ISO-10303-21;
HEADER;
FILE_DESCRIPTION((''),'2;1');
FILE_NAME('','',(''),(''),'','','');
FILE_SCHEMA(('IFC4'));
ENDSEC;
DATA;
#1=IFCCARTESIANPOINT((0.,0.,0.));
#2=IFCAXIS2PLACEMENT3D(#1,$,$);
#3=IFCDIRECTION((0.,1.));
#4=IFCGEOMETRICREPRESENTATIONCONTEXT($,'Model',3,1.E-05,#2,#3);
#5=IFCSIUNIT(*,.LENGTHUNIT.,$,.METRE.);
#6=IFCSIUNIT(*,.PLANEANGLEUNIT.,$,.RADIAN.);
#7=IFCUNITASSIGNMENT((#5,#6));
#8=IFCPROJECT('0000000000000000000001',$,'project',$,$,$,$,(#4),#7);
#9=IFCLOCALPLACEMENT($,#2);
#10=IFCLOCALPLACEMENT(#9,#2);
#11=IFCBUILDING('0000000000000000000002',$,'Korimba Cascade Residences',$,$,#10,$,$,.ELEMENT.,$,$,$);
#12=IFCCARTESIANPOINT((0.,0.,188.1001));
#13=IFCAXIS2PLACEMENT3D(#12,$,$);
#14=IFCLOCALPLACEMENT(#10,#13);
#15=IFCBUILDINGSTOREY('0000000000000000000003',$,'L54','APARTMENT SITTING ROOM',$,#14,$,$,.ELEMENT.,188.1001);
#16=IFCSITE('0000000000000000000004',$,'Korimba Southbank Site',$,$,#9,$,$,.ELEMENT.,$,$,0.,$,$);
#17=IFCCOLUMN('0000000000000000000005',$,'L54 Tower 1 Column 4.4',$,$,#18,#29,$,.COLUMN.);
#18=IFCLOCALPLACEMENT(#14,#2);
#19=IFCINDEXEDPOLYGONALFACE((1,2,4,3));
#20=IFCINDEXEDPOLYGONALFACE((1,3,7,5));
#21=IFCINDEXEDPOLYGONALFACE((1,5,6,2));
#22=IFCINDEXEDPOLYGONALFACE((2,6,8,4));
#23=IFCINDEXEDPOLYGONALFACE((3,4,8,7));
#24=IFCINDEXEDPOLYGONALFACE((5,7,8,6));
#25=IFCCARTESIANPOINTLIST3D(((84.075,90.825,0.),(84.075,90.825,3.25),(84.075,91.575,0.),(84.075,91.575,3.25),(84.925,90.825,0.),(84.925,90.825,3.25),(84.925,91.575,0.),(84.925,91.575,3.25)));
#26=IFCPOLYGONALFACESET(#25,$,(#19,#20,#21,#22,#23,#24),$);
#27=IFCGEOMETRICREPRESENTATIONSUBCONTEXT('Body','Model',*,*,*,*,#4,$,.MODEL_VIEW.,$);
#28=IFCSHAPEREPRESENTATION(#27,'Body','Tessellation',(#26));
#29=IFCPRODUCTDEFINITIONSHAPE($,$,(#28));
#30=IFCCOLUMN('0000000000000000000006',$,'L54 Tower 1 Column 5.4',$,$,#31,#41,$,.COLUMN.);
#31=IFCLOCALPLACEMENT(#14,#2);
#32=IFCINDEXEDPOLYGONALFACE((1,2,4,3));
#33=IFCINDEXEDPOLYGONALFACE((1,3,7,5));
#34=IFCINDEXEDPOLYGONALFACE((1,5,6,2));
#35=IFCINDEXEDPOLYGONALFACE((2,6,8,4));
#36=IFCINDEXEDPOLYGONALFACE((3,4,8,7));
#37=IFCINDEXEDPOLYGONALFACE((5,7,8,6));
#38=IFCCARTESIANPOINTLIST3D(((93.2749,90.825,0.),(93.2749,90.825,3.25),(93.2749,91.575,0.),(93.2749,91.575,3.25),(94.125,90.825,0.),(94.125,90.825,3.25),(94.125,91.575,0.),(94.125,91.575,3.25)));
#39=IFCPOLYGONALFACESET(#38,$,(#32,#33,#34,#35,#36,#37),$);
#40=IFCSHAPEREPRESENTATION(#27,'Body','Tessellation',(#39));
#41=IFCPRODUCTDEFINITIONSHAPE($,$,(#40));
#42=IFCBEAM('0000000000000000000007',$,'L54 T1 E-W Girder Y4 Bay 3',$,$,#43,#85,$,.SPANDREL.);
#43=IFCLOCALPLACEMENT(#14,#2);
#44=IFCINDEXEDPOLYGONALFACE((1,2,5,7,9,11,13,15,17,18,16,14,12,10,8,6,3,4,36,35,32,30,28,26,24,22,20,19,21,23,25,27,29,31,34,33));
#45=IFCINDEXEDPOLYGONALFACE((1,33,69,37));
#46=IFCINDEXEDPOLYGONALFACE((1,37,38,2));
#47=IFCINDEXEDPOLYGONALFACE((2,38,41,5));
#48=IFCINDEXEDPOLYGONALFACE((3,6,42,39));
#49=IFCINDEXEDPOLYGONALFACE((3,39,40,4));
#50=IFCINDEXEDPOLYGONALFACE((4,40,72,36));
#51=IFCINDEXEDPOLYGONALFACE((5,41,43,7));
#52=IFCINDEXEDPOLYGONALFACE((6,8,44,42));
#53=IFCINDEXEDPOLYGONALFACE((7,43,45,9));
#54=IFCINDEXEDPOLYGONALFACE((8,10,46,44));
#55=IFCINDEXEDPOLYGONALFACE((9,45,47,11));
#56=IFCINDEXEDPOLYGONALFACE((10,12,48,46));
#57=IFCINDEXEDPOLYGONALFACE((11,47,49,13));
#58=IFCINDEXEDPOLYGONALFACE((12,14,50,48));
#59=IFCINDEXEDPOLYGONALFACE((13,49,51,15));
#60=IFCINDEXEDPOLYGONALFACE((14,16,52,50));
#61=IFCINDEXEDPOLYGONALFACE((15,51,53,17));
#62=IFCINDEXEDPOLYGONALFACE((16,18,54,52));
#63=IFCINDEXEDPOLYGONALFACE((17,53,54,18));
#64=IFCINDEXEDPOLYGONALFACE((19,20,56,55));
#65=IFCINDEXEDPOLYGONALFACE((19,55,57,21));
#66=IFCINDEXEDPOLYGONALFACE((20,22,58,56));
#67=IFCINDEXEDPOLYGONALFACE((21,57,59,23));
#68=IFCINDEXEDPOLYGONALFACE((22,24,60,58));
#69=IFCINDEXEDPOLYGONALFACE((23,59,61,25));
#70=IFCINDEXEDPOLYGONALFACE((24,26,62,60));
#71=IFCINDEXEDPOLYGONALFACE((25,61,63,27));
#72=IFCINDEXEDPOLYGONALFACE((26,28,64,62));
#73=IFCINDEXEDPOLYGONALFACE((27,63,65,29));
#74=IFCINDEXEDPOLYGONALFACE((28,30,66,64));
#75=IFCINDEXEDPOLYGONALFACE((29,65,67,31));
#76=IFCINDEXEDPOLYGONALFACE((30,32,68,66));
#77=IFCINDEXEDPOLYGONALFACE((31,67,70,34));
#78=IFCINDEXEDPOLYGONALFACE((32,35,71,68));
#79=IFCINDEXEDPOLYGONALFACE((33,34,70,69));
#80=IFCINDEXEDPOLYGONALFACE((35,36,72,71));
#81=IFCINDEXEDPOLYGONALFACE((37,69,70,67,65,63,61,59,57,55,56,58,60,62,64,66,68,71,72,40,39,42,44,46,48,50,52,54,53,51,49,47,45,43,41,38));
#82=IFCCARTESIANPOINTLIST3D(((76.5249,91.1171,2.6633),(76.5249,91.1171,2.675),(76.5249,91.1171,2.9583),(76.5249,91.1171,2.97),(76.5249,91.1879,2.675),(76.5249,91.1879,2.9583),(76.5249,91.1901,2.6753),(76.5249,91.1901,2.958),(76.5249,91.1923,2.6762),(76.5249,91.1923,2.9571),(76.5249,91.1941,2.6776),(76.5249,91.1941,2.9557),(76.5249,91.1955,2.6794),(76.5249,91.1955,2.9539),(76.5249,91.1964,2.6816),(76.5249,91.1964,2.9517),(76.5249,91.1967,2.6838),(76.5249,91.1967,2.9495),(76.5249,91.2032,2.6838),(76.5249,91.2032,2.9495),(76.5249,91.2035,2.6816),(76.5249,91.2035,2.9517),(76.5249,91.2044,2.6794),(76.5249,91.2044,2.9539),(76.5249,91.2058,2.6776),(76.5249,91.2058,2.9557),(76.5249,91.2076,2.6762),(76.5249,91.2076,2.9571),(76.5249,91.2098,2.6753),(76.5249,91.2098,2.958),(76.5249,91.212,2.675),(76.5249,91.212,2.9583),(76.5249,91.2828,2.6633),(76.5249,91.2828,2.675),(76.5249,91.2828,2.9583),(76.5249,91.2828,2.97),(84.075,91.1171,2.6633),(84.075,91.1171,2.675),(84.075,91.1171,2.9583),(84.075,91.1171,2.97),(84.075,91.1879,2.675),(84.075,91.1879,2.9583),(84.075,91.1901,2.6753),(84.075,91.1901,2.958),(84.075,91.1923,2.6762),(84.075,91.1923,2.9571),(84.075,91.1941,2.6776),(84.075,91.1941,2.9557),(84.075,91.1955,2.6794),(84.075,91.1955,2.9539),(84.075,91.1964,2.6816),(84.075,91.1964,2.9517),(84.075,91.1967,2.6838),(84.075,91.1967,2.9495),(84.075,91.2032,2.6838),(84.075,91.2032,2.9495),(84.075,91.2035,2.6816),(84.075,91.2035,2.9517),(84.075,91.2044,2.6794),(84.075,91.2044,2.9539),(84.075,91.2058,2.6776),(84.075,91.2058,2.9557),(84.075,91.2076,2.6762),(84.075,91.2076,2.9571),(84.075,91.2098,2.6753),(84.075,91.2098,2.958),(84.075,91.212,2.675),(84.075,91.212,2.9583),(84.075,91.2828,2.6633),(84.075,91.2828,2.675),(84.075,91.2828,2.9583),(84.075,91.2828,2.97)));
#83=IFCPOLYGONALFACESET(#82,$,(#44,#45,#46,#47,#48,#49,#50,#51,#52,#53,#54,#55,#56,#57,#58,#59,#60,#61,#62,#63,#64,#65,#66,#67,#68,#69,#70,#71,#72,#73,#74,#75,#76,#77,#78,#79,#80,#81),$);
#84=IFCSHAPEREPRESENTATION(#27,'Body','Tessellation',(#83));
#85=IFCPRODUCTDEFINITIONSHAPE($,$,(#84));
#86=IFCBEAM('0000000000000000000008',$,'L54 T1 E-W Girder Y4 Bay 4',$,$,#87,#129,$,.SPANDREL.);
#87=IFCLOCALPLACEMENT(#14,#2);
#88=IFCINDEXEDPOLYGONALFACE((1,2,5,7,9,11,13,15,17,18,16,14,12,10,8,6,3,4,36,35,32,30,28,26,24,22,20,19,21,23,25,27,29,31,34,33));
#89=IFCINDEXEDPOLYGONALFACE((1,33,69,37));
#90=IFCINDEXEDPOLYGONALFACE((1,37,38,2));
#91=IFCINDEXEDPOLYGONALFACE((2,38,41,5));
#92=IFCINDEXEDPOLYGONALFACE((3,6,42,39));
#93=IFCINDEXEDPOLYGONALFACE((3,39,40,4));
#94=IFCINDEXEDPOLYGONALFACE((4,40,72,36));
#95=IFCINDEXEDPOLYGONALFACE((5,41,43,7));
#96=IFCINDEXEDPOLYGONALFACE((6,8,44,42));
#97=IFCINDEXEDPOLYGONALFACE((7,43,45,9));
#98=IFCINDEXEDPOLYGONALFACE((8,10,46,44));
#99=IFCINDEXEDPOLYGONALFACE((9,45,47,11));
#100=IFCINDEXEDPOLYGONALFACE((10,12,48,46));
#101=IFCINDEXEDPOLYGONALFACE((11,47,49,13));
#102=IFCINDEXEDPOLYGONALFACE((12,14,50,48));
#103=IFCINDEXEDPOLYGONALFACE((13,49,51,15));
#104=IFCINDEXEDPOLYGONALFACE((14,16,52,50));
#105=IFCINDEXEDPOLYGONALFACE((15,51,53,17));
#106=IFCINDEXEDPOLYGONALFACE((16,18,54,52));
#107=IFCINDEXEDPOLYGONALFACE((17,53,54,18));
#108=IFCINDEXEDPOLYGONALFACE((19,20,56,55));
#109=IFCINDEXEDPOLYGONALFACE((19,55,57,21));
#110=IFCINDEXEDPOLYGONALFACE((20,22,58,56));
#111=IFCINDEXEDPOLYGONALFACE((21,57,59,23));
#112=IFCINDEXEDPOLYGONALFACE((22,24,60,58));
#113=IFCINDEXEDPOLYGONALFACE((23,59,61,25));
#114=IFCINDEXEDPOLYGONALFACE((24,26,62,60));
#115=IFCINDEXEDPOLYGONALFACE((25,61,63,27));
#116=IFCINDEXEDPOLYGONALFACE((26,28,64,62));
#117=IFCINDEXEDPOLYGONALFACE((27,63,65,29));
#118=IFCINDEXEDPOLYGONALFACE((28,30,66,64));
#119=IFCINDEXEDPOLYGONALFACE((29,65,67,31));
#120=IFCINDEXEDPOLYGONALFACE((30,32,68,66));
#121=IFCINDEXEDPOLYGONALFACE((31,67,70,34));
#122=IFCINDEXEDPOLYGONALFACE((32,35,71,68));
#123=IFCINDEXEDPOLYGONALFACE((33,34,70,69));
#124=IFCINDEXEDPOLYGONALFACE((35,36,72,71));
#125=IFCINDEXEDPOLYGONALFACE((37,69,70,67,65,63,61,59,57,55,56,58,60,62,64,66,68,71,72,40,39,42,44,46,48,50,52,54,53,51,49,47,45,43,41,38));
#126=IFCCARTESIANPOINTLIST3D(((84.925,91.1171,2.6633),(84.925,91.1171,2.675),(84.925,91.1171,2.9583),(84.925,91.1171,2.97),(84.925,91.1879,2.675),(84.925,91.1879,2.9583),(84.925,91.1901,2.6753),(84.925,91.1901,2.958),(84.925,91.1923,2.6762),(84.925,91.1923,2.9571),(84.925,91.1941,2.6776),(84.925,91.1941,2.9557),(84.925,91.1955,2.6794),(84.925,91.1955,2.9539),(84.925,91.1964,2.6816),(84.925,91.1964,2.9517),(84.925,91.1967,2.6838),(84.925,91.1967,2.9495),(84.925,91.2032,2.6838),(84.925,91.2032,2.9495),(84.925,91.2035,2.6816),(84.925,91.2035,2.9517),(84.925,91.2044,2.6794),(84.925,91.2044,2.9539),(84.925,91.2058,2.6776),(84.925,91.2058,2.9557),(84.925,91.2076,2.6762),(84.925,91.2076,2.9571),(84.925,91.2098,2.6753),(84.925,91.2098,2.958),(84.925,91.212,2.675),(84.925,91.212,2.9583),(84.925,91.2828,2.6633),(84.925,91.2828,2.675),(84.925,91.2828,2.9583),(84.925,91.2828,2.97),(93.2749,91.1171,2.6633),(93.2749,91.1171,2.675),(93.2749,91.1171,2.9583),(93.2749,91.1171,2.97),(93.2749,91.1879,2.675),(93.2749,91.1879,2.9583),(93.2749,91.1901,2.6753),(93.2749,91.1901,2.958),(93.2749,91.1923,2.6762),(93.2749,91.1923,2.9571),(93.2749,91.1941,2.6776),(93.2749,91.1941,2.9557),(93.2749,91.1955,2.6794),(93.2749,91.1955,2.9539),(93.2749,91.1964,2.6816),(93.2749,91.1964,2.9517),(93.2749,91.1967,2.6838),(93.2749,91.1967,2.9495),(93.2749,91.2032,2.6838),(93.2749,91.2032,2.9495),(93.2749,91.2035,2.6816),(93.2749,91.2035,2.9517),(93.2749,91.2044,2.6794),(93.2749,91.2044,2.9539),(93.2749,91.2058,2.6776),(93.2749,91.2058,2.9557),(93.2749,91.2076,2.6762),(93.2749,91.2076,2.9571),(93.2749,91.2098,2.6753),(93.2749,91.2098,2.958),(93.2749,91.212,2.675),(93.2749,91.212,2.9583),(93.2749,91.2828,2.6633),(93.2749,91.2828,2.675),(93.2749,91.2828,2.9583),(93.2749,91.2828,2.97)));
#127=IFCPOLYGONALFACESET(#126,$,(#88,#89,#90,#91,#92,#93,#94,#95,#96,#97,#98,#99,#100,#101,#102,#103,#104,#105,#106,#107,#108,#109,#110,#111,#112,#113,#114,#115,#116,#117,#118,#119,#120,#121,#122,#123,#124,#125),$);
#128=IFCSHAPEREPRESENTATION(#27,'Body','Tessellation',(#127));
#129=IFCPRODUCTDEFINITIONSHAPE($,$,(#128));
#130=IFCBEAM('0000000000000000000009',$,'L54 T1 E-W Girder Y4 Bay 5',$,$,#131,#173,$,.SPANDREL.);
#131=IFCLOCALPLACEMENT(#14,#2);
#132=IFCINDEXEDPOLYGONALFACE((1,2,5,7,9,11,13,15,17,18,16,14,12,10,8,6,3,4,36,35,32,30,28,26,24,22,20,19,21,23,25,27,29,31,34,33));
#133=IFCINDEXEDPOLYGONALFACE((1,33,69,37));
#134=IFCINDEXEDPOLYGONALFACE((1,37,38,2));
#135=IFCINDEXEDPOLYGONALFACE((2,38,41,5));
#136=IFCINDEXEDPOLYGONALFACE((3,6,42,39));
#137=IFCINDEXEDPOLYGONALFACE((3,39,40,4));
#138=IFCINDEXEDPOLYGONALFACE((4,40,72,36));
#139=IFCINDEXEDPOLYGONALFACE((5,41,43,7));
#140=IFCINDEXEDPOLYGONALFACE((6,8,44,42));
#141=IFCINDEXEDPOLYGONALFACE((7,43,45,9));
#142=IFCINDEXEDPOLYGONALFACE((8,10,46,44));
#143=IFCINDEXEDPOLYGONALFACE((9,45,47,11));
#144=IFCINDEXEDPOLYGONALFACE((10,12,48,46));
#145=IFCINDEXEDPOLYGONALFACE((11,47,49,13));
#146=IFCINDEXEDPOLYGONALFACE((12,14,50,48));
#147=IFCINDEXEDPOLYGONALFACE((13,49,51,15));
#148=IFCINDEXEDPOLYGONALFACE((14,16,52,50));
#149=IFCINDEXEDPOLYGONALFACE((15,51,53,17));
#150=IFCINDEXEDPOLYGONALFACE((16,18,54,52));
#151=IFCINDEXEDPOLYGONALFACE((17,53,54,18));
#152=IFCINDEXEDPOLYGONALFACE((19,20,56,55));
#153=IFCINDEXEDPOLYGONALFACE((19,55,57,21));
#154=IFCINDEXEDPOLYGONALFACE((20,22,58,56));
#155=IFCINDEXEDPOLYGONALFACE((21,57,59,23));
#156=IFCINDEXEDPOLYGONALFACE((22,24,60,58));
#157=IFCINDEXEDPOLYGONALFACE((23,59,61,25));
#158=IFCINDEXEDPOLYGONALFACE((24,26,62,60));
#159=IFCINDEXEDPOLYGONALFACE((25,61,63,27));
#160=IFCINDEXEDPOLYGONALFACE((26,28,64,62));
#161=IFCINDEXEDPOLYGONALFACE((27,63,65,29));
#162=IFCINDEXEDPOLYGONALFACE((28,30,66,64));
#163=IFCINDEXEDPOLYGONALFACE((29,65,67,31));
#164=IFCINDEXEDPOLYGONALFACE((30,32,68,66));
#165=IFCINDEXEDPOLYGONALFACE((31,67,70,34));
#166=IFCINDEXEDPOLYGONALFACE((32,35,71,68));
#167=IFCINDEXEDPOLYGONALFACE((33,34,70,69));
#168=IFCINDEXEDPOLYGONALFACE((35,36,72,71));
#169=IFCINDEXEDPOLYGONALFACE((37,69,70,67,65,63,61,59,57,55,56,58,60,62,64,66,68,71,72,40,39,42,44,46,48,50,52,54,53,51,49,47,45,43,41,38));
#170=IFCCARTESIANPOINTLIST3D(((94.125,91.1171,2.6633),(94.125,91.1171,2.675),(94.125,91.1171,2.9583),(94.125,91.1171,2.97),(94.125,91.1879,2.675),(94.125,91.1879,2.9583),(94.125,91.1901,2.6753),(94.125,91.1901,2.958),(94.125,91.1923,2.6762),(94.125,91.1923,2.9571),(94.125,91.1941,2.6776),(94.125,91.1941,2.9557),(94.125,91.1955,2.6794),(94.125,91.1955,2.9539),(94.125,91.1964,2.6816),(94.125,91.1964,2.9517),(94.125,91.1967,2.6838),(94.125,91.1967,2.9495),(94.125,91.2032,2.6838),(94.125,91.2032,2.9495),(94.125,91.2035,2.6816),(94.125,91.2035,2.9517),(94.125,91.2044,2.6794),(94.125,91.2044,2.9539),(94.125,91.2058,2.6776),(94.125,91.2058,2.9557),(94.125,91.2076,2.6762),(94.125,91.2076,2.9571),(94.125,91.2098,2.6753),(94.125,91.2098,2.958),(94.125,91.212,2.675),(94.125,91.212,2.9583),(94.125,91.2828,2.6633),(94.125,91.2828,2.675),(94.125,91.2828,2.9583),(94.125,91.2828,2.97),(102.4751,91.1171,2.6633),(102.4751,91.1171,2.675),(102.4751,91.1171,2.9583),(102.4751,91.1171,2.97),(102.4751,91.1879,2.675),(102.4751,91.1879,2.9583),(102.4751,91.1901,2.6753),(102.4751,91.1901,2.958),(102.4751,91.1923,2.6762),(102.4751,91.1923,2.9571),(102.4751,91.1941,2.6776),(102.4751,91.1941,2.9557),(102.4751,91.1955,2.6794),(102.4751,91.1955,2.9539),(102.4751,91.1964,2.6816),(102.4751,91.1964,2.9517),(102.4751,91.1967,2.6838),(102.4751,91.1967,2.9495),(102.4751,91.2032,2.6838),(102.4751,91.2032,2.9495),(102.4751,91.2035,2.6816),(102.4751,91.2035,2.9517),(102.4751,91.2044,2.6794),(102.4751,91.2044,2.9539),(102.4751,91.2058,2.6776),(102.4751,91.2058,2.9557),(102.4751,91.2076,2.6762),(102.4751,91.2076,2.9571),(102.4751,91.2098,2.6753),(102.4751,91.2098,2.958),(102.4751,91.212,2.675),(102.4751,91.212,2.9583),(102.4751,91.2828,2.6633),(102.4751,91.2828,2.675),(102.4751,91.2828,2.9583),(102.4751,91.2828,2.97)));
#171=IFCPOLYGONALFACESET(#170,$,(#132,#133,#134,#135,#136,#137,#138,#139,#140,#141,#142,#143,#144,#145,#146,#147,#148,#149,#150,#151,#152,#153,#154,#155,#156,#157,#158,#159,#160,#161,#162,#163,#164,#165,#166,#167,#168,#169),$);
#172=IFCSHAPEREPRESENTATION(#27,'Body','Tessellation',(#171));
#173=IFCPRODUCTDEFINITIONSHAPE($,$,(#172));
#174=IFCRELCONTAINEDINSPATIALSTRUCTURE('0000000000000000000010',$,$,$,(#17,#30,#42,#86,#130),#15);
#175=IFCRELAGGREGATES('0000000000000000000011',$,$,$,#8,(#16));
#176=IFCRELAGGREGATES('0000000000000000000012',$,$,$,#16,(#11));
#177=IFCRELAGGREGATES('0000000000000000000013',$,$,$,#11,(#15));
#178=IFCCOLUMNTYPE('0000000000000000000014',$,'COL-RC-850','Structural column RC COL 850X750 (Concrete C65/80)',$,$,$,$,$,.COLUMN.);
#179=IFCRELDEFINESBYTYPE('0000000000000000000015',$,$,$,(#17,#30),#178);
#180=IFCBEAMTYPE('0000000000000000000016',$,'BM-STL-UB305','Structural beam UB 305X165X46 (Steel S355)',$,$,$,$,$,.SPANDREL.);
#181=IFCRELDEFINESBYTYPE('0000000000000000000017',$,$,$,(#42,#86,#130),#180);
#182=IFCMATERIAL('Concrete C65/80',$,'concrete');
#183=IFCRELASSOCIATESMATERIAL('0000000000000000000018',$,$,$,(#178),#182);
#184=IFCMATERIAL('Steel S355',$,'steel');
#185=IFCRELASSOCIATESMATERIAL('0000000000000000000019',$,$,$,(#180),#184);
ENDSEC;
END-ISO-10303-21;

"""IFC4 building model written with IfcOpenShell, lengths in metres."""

from ifc_helpers import new_model, si_unit, direction, frame, origin, origin_2d, place, context, subcontext, project, spatial, rectangle, i_section, extrude, material, material_profile, profile_set, type_object, element, save


model = new_model("IFC4")

# Units and contexts
model_context = context("Model", 3, precision=1e-05, world=origin(), true_north=direction((0.0, 1.0)))
body_context = subcontext(model_context, "Body", "Model", "MODEL_VIEW")
ifc_project = project(units=[si_unit("LENGTHUNIT", "METRE"), si_unit("PLANEANGLEUNIT", "RADIAN")], contexts=[model_context])

# Site, building, storey
site_placement = place(None, origin())
site = spatial("IfcSite", under=ifc_project, at=site_placement, Name="Korimba Southbank Site", CompositionType="ELEMENT", RefElevation=0.0)
building_placement = place(site_placement, origin())
building = spatial("IfcBuilding", under=site, at=building_placement, Name="Korimba Cascade Residences", CompositionType="ELEMENT")
storey_placement = place(building_placement, frame((0.0, 0.0, 188.1001)))
storey = spatial("IfcBuildingStorey", under=building, at=storey_placement, Name="L54", Description="APARTMENT SITTING ROOM", CompositionType="ELEMENT", Elevation=188.1001)

# Columns
ifc_material_1 = material(Name="Concrete C65/80", Category="concrete")
ifc_material_profile_1 = material_profile(ifc_material_1, rectangle(XDim=0.8501, YDim=0.75, at=origin_2d()), Name="Concrete C65/80")
ifc_profile_set_1 = profile_set([ifc_material_profile_1], Name="Concrete C65/80")
column_type = type_object("IfcColumnType", Name="COL-RC-850", Description="Structural column RC COL 850X750 (Concrete C65/80)", PredefinedType="COLUMN", material=ifc_profile_set_1)
for number, where, z_axis, x_axis, name in (
    (1, (84.5, 91.2, 0.0), (0.0, 0.0, 1.0), (1.0, 0.0, 0.0), "L54 Tower 1 Column 4.4"),
    (2, (93.7, 91.2, 0.0), (0.0, 0.0, 1.0), (1.0, 0.0, 0.0), "L54 Tower 1 Column 5.4"),
):
    element("IfcColumn", number, at=place(storey_placement, frame(where, z_axis=z_axis, x_axis=x_axis)), inside=storey, type_object=column_type, Name=name, PredefinedType="COLUMN", context=body_context, shape_type="SweptSolid", body=[
        extrude(rectangle(XDim=0.8501, YDim=0.75, at=origin_2d()), origin(), (0.0, 0.0, 1.0), 3.25),
    ])

# Beams
ifc_material_2 = material(Name="Steel S355", Category="steel")
ifc_material_profile_2 = material_profile(ifc_material_2, i_section(OverallWidth=0.1658, OverallDepth=0.3066, WebThickness=0.0066, FlangeThickness=0.0117, FilletRadius=0.0088, at=origin_2d()), Name="Steel S355")
ifc_profile_set_2 = profile_set([ifc_material_profile_2], Name="Steel S355")
beam_type = type_object("IfcBeamType", Name="BM-STL-UB305", Description="Structural beam UB 305X165X46 (Steel S355)", PredefinedType="SPANDREL", material=ifc_profile_set_2)
beam_1_placement = place(storey_placement, frame((76.5249, 91.2, 2.8167), z_axis=(1.0, 0.0, 0.0), x_axis=(0.0, 1.0, 0.0)))
element("IfcBeam", 3, at=beam_1_placement, inside=storey, type_object=beam_type, Name="L54 T1 E-W Girder Y4 Bay 3", PredefinedType="SPANDREL", context=body_context, shape_type="SweptSolid", body=[
    extrude(i_section(OverallWidth=0.1658, OverallDepth=0.3066, WebThickness=0.0066, FlangeThickness=0.0117, FilletRadius=0.0088, at=origin_2d()), origin(), (0.0, 0.0, 1.0), 7.55),
])
beam_2_placement = place(storey_placement, frame((84.925, 91.2, 2.8167), z_axis=(1.0, 0.0, 0.0), x_axis=(0.0, 1.0, 0.0)))
element("IfcBeam", 4, at=beam_2_placement, inside=storey, type_object=beam_type, Name="L54 T1 E-W Girder Y4 Bay 4", PredefinedType="SPANDREL", context=body_context, shape_type="SweptSolid", body=[
    extrude(i_section(OverallWidth=0.1658, OverallDepth=0.3066, WebThickness=0.0066, FlangeThickness=0.0117, FilletRadius=0.0088, at=origin_2d()), origin(), (0.0, 0.0, 1.0), 8.3499),
])
beam_3_placement = place(storey_placement, frame((94.125, 91.2, 2.8167), z_axis=(1.0, 0.0, 0.0), x_axis=(0.0, 1.0, 0.0)))
element("IfcBeam", 5, at=beam_3_placement, inside=storey, type_object=beam_type, Name="L54 T1 E-W Girder Y4 Bay 5", PredefinedType="SPANDREL", context=body_context, shape_type="SweptSolid", body=[
    extrude(i_section(OverallWidth=0.1658, OverallDepth=0.3066, WebThickness=0.0066, FlangeThickness=0.0117, FilletRadius=0.0088, at=origin_2d()), origin(), (0.0, 0.0, 1.0), 8.3501),
])

save(model, "model.ifc")
